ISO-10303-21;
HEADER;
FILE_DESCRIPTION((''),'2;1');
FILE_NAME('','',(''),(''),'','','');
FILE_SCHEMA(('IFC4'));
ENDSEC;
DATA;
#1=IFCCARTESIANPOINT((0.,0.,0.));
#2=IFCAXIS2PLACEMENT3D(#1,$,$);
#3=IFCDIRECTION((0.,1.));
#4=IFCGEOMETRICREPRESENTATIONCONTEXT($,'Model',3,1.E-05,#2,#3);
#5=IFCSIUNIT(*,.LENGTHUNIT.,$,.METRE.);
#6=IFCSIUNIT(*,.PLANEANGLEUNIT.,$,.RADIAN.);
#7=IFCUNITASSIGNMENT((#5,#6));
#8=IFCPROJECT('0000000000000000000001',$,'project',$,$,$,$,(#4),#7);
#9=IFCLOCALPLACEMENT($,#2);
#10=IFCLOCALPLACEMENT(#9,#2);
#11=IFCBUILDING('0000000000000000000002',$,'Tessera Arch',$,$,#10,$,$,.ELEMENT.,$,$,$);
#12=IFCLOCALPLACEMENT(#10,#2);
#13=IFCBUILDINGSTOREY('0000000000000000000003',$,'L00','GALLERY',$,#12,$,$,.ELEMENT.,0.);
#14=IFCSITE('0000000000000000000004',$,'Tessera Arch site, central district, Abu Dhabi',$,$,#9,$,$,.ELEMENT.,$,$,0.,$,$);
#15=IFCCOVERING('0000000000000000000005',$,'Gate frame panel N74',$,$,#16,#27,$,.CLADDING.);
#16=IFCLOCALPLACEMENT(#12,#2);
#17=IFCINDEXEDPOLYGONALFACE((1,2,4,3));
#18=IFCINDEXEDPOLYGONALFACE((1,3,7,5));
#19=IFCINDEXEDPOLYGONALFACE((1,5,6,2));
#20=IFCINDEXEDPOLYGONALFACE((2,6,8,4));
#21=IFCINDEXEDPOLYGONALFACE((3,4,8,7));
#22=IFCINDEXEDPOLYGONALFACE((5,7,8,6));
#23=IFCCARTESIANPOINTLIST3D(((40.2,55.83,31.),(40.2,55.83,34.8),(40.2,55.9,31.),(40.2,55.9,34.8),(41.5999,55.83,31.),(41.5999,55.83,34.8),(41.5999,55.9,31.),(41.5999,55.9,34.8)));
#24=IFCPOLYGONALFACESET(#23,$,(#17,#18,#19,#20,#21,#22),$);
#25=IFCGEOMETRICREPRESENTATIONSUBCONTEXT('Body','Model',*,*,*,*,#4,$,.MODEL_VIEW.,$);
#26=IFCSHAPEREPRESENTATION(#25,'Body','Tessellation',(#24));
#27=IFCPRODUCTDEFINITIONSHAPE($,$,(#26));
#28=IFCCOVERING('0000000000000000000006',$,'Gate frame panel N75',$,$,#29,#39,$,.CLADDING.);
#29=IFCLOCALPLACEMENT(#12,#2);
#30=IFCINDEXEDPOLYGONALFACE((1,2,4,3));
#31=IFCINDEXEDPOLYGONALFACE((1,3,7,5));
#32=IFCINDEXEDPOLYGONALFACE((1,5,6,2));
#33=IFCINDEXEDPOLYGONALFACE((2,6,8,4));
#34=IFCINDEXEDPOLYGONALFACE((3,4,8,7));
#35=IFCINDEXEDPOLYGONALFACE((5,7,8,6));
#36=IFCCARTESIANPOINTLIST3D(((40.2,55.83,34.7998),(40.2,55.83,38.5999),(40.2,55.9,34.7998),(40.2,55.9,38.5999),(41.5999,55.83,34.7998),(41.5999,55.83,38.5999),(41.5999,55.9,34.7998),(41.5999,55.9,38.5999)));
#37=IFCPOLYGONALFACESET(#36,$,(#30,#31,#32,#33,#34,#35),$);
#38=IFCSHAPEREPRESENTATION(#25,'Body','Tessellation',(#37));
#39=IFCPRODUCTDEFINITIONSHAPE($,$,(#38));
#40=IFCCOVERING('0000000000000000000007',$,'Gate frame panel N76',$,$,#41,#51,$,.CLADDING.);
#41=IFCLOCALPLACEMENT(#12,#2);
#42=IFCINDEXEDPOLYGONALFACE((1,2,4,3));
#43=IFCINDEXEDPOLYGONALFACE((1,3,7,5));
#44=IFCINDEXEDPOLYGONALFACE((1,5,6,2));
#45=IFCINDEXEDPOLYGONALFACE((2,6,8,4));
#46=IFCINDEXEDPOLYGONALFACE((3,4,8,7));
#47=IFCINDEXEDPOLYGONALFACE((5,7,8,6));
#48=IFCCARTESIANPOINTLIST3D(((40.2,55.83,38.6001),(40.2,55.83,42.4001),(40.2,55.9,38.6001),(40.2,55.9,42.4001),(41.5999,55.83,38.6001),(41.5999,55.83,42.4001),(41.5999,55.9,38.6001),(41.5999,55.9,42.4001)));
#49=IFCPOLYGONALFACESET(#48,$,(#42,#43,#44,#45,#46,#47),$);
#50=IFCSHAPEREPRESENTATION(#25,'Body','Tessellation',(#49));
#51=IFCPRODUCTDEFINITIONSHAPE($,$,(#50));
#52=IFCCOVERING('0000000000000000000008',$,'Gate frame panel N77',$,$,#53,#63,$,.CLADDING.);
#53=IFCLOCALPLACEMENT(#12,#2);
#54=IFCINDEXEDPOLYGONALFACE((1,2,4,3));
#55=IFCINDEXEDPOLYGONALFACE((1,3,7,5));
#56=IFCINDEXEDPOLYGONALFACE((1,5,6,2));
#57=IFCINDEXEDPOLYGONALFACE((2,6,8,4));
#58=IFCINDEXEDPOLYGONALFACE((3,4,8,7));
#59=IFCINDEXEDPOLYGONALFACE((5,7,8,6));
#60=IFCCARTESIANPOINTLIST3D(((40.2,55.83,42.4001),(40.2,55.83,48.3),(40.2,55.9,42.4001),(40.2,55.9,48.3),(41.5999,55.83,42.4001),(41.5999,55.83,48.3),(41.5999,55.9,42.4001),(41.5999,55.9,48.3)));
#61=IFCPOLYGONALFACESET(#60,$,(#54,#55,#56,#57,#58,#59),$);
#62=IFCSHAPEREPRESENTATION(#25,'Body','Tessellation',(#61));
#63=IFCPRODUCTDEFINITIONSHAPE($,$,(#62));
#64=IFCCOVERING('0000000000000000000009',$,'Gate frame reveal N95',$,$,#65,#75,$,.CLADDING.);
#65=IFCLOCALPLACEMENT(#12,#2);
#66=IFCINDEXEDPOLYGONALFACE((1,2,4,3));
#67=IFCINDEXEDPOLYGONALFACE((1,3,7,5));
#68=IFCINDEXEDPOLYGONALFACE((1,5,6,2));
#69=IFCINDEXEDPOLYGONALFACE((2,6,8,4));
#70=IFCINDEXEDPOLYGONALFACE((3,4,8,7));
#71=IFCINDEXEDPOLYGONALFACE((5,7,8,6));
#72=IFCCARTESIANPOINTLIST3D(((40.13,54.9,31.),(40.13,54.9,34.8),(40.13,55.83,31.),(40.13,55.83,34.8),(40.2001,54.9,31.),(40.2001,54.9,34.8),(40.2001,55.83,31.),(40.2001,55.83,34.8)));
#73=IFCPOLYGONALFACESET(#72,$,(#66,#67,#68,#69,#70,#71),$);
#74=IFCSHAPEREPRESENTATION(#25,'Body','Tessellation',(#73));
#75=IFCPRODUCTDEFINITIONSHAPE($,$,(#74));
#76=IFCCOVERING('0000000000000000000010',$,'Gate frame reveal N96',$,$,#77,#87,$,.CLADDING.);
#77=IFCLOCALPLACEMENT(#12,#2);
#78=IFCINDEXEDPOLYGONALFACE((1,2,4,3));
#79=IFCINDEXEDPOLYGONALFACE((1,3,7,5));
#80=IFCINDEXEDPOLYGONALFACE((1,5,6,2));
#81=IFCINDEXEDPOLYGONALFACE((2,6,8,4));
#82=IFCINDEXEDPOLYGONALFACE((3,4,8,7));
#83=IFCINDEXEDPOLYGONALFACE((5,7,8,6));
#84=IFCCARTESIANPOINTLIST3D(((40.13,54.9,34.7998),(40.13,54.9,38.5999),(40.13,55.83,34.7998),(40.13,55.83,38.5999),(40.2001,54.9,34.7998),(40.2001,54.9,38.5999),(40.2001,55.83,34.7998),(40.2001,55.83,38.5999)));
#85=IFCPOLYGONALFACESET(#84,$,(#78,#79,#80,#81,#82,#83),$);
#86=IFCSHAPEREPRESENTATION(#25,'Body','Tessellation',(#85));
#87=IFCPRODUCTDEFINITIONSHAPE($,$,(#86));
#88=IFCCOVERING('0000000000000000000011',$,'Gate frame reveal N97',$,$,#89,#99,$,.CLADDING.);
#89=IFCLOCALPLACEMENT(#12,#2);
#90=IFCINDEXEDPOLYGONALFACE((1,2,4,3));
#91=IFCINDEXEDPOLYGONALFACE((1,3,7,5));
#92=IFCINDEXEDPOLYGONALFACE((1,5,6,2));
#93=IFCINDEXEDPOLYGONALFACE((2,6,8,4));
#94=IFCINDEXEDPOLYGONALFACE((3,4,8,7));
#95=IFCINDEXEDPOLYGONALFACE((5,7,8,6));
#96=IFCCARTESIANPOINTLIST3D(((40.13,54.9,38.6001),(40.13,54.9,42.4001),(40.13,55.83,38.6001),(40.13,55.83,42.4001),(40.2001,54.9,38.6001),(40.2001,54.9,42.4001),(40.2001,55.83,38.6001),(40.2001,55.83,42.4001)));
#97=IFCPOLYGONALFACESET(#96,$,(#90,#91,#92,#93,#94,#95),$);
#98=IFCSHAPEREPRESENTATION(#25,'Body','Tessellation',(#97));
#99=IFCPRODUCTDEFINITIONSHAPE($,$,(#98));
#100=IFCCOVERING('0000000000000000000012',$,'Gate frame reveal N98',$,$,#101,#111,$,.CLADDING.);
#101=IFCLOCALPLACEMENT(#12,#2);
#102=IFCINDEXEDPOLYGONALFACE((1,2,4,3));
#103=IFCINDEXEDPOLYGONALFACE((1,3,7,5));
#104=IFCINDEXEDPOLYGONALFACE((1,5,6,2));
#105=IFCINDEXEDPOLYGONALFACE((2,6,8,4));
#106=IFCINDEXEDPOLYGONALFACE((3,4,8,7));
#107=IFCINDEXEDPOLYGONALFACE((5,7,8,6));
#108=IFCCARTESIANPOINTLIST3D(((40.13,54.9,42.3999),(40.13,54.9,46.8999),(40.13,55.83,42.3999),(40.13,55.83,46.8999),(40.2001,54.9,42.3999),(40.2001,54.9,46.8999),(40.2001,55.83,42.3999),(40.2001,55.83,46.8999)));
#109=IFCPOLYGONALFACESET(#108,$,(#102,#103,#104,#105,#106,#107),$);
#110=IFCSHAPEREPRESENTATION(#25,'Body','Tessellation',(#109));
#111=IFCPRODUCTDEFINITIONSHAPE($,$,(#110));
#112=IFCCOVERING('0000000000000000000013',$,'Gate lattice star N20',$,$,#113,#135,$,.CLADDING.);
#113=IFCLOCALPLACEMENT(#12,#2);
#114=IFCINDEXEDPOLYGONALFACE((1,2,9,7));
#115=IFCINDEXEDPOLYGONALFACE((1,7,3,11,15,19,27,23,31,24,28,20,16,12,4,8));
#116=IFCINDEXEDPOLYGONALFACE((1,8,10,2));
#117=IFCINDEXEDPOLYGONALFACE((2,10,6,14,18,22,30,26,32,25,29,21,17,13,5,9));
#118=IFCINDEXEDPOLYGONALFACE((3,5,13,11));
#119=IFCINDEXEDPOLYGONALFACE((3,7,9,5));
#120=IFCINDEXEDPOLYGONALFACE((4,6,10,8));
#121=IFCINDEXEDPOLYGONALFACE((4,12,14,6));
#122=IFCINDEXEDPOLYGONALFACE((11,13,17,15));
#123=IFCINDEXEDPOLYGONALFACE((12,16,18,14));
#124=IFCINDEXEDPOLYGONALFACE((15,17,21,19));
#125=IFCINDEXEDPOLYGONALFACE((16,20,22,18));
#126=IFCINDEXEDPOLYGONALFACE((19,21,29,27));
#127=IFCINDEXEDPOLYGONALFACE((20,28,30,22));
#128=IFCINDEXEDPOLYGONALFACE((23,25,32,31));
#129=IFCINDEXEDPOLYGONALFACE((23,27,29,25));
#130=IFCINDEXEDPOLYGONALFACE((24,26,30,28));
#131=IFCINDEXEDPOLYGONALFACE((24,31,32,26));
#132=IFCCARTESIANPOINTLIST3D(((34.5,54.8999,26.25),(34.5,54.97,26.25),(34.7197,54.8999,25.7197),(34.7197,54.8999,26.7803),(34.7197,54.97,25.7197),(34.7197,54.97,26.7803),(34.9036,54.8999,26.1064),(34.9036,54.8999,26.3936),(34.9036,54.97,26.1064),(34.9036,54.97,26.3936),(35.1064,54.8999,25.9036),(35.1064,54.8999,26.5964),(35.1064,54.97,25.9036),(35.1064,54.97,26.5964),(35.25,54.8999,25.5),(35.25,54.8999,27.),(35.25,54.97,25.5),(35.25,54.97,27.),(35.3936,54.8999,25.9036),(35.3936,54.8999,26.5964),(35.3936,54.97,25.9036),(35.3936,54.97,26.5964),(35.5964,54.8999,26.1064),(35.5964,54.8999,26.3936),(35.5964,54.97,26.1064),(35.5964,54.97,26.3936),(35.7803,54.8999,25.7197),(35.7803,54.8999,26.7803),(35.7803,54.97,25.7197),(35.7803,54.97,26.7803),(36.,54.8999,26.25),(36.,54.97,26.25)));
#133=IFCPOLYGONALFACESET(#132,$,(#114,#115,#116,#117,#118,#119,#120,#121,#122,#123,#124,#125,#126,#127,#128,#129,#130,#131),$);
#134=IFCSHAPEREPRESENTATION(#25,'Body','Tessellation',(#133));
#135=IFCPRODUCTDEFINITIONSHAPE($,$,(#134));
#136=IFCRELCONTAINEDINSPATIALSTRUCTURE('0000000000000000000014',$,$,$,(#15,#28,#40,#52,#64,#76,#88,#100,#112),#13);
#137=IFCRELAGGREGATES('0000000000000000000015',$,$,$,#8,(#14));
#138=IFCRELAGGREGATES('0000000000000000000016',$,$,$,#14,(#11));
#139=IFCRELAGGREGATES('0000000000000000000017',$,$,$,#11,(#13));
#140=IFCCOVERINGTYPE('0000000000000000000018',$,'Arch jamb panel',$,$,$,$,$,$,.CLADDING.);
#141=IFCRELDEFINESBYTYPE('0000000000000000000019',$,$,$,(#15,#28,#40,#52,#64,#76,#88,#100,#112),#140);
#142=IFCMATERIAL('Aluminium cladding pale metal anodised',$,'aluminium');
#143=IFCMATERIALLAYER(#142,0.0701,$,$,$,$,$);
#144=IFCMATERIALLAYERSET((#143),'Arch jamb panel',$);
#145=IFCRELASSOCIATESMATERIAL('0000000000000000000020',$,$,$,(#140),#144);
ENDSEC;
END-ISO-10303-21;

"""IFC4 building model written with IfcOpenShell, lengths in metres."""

from ifc_helpers import new_model, si_unit, direction, frame, origin, origin_2d, place, context, subcontext, project, spatial, polyline, rectangle, outline, extrude, material, layer, layer_set, type_object, element, save


model = new_model("IFC4")

# Units and contexts
model_context = context("Model", 3, precision=1e-05, world=origin(), true_north=direction((0.0, 1.0)))
body_context = subcontext(model_context, "Body", "Model", "MODEL_VIEW")
ifc_project = project(units=[si_unit("LENGTHUNIT", "METRE"), si_unit("PLANEANGLEUNIT", "RADIAN")], contexts=[model_context])

# Site, building, storey
site_placement = place(None, origin())
site = spatial("IfcSite", under=ifc_project, at=site_placement, Name="Tessera Arch site, central district, Abu Dhabi", CompositionType="ELEMENT", RefElevation=0.0)
building_placement = place(site_placement, origin())
building = spatial("IfcBuilding", under=site, at=building_placement, Name="Tessera Arch", CompositionType="ELEMENT")
storey_placement = place(building_placement, origin())
storey = spatial("IfcBuildingStorey", under=building, at=storey_placement, Name="L00", Description="GALLERY", CompositionType="ELEMENT", Elevation=0.0)

# Coverings
ifc_material = material(Name="Aluminium cladding pale metal anodised", Category="aluminium")
ifc_layer = layer(ifc_material, 0.0701)
ifc_layer_set = layer_set([ifc_layer], Name="Arch jamb panel")
covering_type = type_object("IfcCoveringType", Name="Arch jamb panel", PredefinedType="CLADDING", material=ifc_layer_set)
for number, where, z_axis, x_axis, name in (
    (1, (40.8999, 55.865, 31.0), (0.0, 0.0, 1.0), (1.0, 0.0, 0.0), "Gate frame panel N74"),
    (2, (40.8999, 55.865, 34.7998), (0.0, 0.0, 1.0), (1.0, 0.0, 0.0), "Gate frame panel N75"),
    (3, (40.8999, 55.865, 38.6001), (0.0, 0.0, 1.0), (1.0, 0.0, 0.0), "Gate frame panel N76"),
):
    element("IfcCovering", number, at=place(storey_placement, frame(where, z_axis=z_axis, x_axis=x_axis)), inside=storey, type_object=covering_type, Name=name, PredefinedType="CLADDING", context=body_context, shape_type="SweptSolid", body=[
        extrude(rectangle(XDim=1.3999, YDim=0.0701, at=origin_2d()), origin(), (0.0, 0.0, 1.0), 3.8),
    ])
covering_1_placement = place(storey_placement, frame((40.8999, 55.865, 42.4001), z_axis=(0.0, 0.0, 1.0), x_axis=(1.0, 0.0, 0.0)))
element("IfcCovering", 4, at=covering_1_placement, inside=storey, type_object=covering_type, Name="Gate frame panel N77", PredefinedType="CLADDING", context=body_context, shape_type="SweptSolid", body=[
    extrude(rectangle(XDim=1.3999, YDim=0.0701, at=origin_2d()), origin(), (0.0, 0.0, 1.0), 5.8999),
])
for number, where, z_axis, x_axis, name in (
    (5, (40.165, 55.365, 31.0), (0.0, 0.0, 1.0), (1.0, 0.0, 0.0), "Gate frame reveal N95"),
    (6, (40.165, 55.365, 34.7998), (0.0, 0.0, 1.0), (1.0, 0.0, 0.0), "Gate frame reveal N96"),
    (7, (40.165, 55.365, 38.6001), (0.0, 0.0, 1.0), (1.0, 0.0, 0.0), "Gate frame reveal N97"),
):
    element("IfcCovering", number, at=place(storey_placement, frame(where, z_axis=z_axis, x_axis=x_axis)), inside=storey, type_object=covering_type, Name=name, PredefinedType="CLADDING", context=body_context, shape_type="SweptSolid", body=[
        extrude(rectangle(XDim=0.0701, YDim=0.9299, at=origin_2d()), origin(), (0.0, 0.0, 1.0), 3.8),
    ])
covering_2_placement = place(storey_placement, frame((40.165, 55.365, 42.3999), z_axis=(0.0, 0.0, 1.0), x_axis=(1.0, 0.0, 0.0)))
element("IfcCovering", 8, at=covering_2_placement, inside=storey, type_object=covering_type, Name="Gate frame reveal N98", PredefinedType="CLADDING", context=body_context, shape_type="SweptSolid", body=[
    extrude(rectangle(XDim=0.0701, YDim=0.9299, at=origin_2d()), origin(), (0.0, 0.0, 1.0), 4.5),
])
covering_3_placement = place(storey_placement, frame((36.0, 54.8999, 26.25), z_axis=(0.0, -1.0, 0.0), x_axis=(-0.942167, 0.0, 0.335145)))
element("IfcCovering", 9, at=covering_3_placement, inside=storey, type_object=covering_type, Name="Gate lattice star N20", PredefinedType="CLADDING", context=body_context, shape_type="SweptSolid", body=[
    extrude(outline(polyline([(0.0, 0.0), (0.4283, 0.0), (0.3847, -0.426), (0.6875, -0.1232), (0.958, -0.4553), (0.958, -0.0269), (1.3839, -0.0705), (1.0811, 0.2322), (1.4133, 0.5027), (0.9849, 0.5027), (1.0285, 0.9287), (0.7258, 0.6259), (0.4553, 0.958), (0.4553, 0.5296), (0.0293, 0.5732), (0.3321, 0.2705), (0.0, 0.0)])), origin(), (0.0, 0.0, -1.0), 0.0701),
])

save(model, "model.ifc")
